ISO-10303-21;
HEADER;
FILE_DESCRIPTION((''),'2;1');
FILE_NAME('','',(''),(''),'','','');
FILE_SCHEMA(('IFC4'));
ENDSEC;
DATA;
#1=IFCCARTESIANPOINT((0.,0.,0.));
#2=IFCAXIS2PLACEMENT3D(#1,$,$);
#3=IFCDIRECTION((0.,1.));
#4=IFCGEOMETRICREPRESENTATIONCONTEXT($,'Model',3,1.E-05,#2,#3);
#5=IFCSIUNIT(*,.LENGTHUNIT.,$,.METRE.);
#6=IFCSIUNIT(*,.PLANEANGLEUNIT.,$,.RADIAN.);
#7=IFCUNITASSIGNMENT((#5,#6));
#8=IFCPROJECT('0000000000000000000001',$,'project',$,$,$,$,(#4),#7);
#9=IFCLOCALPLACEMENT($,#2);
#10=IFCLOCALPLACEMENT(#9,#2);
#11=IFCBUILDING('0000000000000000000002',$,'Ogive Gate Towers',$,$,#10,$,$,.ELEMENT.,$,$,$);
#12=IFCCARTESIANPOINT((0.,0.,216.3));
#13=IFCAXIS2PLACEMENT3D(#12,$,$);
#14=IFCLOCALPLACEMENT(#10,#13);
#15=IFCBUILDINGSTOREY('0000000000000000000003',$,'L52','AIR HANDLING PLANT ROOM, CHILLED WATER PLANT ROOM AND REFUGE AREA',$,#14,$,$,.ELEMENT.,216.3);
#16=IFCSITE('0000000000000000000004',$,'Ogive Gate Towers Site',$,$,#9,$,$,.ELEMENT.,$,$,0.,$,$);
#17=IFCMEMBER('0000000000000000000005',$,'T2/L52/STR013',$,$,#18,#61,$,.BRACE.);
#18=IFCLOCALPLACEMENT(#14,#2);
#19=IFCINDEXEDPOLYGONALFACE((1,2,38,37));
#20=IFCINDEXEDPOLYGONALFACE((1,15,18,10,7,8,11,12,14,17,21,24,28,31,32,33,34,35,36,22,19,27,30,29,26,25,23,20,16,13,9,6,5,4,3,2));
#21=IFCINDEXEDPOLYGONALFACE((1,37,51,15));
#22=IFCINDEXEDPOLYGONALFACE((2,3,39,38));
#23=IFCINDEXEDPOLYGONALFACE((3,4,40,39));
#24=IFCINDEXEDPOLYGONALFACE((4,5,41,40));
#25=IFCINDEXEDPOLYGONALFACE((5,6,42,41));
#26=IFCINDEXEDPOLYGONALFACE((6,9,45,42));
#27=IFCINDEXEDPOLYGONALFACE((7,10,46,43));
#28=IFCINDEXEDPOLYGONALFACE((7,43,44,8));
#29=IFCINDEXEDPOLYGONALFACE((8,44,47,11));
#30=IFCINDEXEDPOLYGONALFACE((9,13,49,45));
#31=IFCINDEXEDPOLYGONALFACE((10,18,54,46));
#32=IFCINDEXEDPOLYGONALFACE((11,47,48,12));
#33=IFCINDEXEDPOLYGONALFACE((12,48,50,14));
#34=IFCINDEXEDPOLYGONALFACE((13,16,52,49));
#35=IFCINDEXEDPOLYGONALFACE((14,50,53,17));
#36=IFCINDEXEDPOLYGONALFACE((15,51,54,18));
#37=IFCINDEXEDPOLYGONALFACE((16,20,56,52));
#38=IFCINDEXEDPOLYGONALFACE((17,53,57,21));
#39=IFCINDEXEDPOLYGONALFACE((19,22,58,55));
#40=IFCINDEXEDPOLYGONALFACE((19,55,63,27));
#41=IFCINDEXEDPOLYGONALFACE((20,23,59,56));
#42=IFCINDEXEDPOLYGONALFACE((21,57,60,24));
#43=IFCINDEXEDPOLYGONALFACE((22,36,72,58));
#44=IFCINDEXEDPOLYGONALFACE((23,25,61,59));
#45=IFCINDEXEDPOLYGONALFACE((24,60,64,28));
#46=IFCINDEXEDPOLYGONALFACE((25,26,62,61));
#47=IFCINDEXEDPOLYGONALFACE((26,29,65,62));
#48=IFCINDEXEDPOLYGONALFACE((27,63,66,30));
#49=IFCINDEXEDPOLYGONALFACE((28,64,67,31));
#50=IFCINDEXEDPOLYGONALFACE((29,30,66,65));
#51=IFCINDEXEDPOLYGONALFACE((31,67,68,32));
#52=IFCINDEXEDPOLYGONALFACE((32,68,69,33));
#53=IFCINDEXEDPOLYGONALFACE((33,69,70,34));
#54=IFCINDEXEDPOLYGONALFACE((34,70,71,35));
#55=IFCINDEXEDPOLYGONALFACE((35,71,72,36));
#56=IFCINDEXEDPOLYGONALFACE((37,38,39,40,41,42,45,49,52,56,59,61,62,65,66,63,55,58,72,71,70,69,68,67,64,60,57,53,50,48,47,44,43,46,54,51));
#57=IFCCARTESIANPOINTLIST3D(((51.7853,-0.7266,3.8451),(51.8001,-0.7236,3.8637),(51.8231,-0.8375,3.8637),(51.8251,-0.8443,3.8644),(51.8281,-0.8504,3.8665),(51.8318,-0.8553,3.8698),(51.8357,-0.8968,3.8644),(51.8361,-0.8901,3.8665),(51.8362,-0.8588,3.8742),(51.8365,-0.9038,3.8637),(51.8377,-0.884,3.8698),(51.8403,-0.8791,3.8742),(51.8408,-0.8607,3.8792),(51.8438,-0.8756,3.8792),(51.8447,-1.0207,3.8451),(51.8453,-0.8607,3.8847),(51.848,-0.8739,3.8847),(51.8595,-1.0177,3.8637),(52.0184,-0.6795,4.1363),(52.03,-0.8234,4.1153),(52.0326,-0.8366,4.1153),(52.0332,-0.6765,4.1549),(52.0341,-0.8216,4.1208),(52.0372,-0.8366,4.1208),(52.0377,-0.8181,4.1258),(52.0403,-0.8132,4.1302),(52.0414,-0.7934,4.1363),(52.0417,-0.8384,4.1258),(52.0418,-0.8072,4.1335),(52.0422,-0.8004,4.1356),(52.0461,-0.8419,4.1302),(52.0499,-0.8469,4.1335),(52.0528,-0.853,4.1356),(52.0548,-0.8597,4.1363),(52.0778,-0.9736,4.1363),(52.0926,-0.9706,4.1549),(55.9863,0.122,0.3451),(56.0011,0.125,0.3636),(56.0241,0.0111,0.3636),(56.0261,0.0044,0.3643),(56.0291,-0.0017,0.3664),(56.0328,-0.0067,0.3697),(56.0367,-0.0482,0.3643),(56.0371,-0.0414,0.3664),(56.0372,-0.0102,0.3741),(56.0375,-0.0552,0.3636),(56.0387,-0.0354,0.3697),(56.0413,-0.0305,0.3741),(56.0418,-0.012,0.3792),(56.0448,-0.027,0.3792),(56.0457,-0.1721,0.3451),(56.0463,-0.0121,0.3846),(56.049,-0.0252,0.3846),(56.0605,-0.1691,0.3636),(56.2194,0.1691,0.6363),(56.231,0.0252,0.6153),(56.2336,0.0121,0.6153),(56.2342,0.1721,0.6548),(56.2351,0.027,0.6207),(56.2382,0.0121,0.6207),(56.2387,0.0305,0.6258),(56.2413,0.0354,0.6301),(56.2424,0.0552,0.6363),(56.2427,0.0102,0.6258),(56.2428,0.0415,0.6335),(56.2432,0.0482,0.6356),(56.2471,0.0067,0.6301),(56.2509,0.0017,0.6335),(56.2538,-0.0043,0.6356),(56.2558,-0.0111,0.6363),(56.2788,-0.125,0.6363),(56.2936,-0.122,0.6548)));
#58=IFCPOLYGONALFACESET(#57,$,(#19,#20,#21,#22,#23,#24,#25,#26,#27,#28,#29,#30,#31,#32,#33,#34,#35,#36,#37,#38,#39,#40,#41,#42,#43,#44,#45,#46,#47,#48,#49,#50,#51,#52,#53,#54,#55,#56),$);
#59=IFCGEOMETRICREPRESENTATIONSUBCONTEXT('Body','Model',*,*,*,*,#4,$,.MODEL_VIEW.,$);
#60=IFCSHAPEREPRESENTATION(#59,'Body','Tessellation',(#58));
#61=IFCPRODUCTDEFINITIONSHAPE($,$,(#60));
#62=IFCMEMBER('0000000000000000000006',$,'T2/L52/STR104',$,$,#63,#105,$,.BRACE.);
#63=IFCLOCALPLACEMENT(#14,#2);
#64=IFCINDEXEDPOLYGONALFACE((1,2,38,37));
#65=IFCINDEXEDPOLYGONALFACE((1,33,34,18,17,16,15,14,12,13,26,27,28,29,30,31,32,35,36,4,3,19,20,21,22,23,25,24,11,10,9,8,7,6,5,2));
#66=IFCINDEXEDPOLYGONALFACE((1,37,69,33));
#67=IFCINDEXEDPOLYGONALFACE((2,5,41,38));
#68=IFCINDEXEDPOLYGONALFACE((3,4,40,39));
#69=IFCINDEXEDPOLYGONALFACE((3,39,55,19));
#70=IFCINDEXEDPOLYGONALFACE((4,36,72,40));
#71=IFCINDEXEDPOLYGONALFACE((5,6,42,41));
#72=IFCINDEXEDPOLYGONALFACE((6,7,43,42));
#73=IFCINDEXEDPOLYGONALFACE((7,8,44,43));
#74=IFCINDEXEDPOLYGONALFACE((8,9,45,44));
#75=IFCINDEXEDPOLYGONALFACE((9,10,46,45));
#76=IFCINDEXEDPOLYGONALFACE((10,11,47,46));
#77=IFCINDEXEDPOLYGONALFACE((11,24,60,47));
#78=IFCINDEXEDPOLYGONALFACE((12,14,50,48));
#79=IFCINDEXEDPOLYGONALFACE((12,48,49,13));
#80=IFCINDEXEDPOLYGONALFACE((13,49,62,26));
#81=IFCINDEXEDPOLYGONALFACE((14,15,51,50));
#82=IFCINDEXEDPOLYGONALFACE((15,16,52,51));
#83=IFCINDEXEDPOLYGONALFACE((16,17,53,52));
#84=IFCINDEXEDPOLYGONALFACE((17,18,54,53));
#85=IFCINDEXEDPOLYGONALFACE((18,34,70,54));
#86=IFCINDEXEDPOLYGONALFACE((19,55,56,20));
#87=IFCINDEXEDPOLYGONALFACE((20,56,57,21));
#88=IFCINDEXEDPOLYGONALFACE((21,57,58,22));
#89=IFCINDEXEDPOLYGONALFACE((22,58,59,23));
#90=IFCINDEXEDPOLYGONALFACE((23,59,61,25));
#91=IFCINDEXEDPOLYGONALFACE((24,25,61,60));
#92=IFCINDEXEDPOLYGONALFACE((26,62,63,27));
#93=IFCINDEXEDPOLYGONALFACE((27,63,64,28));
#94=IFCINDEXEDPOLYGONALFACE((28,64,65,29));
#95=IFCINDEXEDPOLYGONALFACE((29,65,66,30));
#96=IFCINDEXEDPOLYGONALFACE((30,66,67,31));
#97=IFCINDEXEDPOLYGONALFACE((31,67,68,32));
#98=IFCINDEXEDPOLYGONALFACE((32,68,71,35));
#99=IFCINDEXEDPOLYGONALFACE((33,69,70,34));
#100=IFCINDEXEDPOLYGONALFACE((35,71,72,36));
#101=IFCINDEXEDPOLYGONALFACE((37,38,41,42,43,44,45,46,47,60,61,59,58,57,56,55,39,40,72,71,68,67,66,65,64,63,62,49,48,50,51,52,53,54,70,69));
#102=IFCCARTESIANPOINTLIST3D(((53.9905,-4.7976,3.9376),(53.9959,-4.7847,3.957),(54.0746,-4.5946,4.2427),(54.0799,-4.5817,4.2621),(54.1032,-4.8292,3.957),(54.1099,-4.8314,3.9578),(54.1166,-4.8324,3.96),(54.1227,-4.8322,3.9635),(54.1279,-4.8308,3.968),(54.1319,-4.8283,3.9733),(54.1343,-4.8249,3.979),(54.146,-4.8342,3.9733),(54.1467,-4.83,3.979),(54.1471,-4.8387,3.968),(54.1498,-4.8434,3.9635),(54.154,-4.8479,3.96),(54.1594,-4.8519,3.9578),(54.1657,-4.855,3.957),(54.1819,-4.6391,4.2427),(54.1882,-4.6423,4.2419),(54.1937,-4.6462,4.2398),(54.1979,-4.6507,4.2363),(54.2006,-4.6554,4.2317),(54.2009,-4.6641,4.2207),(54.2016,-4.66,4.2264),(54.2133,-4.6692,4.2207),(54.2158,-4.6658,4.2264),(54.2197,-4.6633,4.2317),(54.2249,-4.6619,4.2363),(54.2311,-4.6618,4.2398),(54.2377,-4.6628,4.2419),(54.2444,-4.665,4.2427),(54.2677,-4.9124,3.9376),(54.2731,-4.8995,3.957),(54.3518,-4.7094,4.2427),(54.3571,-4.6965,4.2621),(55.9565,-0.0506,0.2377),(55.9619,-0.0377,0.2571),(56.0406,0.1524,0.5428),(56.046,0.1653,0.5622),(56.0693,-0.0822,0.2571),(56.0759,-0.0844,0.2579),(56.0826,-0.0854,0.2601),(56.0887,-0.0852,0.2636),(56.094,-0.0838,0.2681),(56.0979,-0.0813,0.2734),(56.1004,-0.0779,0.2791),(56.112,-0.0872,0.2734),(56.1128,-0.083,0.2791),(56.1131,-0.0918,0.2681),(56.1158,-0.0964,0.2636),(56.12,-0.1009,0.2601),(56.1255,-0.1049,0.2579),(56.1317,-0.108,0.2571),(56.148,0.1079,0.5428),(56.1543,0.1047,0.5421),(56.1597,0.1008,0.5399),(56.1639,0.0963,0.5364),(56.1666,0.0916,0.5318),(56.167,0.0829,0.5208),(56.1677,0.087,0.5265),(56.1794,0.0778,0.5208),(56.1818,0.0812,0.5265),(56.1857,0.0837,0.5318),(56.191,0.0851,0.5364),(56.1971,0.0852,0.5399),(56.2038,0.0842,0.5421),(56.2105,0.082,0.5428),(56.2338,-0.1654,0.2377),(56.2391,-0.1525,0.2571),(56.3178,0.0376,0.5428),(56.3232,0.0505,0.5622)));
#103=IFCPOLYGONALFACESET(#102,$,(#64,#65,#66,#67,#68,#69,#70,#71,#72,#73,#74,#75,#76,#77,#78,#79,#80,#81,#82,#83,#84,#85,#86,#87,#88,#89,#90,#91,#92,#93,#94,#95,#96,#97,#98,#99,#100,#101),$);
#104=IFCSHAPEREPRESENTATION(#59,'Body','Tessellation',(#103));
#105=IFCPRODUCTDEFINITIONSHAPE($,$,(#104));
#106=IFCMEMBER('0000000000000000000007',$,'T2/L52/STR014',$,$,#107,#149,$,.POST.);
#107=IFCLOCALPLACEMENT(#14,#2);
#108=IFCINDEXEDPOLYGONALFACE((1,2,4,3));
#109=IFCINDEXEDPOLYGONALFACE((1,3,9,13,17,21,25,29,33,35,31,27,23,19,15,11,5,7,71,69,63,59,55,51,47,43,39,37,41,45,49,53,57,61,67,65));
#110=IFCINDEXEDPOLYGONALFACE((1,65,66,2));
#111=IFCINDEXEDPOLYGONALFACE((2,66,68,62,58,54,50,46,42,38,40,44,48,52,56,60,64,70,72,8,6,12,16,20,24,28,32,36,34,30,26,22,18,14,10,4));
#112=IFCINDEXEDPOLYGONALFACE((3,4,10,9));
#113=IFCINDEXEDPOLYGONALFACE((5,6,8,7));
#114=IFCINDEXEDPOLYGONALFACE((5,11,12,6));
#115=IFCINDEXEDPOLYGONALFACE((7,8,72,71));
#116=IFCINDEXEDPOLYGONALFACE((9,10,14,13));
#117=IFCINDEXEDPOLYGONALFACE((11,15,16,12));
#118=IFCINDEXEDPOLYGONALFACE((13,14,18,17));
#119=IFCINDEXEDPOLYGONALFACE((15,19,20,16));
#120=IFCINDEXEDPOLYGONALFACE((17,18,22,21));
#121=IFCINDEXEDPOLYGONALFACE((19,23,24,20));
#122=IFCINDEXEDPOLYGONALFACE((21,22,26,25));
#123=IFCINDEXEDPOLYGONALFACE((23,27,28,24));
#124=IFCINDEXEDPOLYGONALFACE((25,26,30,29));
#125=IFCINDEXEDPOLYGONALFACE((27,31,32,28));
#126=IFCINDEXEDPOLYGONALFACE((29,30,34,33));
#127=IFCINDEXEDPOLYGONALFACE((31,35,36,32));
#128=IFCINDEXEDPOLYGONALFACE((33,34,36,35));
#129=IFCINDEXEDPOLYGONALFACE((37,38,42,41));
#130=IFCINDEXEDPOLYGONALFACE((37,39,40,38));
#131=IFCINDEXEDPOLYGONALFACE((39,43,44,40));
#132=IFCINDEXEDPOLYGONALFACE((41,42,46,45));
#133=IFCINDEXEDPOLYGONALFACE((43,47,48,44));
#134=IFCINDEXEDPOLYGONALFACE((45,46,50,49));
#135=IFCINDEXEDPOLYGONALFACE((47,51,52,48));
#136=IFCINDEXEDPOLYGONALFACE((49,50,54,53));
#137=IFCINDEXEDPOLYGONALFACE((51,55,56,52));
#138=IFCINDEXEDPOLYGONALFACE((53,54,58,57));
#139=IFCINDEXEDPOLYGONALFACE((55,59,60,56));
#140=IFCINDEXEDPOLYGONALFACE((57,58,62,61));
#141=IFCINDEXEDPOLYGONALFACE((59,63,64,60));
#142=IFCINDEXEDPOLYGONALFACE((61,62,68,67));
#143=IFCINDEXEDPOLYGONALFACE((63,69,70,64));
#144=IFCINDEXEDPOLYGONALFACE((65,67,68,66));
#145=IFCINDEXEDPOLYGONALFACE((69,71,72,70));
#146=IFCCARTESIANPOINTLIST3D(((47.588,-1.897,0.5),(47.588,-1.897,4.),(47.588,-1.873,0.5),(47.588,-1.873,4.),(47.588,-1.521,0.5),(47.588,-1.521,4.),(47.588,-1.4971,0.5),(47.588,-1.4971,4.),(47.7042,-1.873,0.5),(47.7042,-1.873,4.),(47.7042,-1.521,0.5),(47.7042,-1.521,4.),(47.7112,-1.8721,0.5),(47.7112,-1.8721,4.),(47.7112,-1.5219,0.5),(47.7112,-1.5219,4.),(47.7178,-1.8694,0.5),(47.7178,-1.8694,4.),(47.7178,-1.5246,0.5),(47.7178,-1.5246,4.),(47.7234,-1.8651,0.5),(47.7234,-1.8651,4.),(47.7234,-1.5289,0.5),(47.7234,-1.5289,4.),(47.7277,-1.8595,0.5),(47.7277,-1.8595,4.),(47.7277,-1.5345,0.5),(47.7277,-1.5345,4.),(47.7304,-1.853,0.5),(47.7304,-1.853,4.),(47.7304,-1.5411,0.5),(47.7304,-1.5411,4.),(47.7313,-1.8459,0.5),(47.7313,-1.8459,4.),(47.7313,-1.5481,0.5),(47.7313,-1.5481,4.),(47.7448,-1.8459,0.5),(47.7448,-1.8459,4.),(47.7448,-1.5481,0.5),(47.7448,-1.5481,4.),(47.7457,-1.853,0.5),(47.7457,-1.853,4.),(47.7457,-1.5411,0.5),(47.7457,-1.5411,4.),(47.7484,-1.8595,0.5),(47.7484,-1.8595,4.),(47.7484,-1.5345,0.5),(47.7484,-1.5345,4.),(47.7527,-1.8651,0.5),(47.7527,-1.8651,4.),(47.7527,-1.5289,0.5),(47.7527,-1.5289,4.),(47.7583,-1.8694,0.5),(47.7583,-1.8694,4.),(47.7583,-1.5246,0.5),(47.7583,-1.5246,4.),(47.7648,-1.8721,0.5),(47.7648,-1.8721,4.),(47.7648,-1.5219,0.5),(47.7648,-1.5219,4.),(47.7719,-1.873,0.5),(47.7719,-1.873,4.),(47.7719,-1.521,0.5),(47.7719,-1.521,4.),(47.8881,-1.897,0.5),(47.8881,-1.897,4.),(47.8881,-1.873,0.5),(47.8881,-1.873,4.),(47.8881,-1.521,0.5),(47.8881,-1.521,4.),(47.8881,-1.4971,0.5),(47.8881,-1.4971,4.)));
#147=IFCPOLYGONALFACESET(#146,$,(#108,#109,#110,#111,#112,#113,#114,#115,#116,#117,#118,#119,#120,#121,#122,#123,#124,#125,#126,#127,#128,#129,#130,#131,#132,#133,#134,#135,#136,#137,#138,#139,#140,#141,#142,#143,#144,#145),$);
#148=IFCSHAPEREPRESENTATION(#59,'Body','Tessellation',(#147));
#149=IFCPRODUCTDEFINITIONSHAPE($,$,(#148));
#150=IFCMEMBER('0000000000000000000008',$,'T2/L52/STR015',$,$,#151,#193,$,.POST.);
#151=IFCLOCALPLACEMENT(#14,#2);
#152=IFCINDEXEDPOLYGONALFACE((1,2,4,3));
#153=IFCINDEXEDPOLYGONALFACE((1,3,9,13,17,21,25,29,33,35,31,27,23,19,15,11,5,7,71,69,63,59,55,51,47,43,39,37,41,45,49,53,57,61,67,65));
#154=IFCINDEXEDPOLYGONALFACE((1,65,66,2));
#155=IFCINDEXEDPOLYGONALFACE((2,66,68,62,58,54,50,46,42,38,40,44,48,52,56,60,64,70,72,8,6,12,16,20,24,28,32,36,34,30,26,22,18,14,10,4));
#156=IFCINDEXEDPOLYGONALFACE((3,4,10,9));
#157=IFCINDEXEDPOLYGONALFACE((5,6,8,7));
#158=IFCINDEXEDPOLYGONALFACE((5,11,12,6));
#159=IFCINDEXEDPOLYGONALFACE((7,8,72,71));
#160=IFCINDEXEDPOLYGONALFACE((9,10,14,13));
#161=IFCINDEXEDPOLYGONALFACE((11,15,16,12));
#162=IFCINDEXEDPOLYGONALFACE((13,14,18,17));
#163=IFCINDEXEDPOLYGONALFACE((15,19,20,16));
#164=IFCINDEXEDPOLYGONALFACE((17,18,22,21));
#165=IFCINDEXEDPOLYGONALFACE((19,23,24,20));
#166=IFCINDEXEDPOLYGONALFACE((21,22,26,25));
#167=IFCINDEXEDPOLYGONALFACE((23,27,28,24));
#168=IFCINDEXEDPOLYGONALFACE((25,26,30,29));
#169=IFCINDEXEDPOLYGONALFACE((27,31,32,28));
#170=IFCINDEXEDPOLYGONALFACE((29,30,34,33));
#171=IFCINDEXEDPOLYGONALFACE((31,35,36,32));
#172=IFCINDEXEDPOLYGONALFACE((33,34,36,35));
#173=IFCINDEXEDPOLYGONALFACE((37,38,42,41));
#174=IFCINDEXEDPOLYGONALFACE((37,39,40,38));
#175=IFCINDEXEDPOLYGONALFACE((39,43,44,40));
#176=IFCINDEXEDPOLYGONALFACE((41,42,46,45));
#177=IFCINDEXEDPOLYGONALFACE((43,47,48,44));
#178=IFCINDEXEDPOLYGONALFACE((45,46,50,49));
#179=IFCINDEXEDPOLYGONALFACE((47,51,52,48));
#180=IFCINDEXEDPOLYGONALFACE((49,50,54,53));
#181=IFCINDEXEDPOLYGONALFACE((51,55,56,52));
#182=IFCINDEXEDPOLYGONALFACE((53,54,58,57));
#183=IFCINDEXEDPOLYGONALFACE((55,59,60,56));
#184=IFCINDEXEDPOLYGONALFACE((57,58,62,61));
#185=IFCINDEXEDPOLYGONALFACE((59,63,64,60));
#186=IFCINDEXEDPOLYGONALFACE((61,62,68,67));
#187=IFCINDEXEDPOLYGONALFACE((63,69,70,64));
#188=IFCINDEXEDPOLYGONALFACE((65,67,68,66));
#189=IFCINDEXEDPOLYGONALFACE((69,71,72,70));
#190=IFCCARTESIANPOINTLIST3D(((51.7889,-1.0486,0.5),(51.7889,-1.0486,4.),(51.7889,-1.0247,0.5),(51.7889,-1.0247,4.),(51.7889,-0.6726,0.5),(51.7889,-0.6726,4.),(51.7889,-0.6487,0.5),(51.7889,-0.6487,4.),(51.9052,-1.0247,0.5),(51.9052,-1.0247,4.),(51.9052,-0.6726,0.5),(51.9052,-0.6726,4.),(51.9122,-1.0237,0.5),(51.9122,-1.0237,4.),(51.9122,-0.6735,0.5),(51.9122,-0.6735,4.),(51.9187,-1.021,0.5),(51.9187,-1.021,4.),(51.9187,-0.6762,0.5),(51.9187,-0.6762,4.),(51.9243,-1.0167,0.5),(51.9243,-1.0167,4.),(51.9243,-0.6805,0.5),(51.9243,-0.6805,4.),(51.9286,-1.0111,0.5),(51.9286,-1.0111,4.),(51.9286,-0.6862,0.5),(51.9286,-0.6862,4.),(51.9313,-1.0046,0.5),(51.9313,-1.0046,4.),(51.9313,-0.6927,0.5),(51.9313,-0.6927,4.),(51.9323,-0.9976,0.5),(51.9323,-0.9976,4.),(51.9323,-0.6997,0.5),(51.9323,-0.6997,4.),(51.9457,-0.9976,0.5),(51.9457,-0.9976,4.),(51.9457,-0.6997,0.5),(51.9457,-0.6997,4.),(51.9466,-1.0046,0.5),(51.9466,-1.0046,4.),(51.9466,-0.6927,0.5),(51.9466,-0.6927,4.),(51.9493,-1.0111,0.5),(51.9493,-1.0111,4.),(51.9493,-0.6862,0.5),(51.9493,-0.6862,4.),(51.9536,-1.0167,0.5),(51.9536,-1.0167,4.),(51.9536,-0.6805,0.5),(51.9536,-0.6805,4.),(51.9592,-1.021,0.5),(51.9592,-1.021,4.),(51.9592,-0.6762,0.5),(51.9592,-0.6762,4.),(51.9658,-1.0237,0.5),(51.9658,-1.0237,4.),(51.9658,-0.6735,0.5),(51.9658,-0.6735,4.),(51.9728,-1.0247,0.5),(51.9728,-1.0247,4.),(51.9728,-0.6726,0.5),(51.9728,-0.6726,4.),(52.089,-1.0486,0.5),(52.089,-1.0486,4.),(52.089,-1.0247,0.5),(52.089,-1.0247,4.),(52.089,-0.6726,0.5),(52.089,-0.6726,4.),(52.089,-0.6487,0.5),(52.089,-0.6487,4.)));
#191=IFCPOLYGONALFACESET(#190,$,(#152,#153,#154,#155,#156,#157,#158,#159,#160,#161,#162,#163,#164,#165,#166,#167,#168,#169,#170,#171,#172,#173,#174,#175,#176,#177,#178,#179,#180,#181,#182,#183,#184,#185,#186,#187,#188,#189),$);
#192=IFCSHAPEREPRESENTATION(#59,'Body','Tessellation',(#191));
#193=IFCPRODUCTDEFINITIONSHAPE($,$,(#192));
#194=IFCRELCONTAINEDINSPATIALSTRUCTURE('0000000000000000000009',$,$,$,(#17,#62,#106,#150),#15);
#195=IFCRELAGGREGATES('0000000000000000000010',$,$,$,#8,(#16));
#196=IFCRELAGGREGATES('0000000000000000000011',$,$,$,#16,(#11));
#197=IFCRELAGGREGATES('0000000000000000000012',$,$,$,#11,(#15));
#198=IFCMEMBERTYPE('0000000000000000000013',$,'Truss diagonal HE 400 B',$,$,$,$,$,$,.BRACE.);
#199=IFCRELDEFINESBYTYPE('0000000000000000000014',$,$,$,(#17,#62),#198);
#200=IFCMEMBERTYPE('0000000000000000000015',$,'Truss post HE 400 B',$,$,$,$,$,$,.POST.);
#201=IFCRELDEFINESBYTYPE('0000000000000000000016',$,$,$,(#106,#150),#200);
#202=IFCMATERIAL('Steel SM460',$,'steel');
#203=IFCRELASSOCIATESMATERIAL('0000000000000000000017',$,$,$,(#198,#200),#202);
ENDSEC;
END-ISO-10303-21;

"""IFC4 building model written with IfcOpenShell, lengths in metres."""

from ifc_helpers import new_model, si_unit, direction, frame, origin, origin_2d, place, context, subcontext, project, spatial, i_section, extrude, material, material_profile, profile_set, type_object, element, save


model = new_model("IFC4")

# Units and contexts
model_context = context("Model", 3, precision=1e-05, world=origin(), true_north=direction((0.0, 1.0)))
body_context = subcontext(model_context, "Body", "Model", "MODEL_VIEW")
ifc_project = project(units=[si_unit("LENGTHUNIT", "METRE"), si_unit("PLANEANGLEUNIT", "RADIAN")], contexts=[model_context])

# Site, building, storey
site_placement = place(None, origin())
site = spatial("IfcSite", under=ifc_project, at=site_placement, Name="Ogive Gate Towers Site", CompositionType="ELEMENT", RefElevation=0.0)
building_placement = place(site_placement, origin())
building = spatial("IfcBuilding", under=site, at=building_placement, Name="Ogive Gate Towers", CompositionType="ELEMENT")
storey_placement = place(building_placement, frame((0.0, 0.0, 216.3)))
storey = spatial("IfcBuildingStorey", under=building, at=storey_placement, Name="L52", Description="AIR HANDLING PLANT ROOM, CHILLED WATER PLANT ROOM AND REFUGE AREA", CompositionType="ELEMENT", Elevation=216.3)

# Shared definitions
ifc_material_1 = material(Name="Steel SM460", Category="steel")

# Members
ifc_material_profile_1 = material_profile(ifc_material_1, i_section(OverallWidth=0.3, OverallDepth=0.3999, WebThickness=0.0134, FlangeThickness=0.0239, FilletRadius=0.0271, at=origin_2d()), Name="HE 400 B")
ifc_profile_set_1 = profile_set([ifc_material_profile_1], Name="Steel SM460")
member_type_1 = type_object("IfcMemberType", Name="Truss diagonal HE 400 B", PredefinedType="BRACE", material=ifc_profile_set_1)
member_1_placement = place(storey_placement, frame((51.939, -0.8486, 4.0), z_axis=(0.759201, 0.153367, -0.632528), x_axis=(-0.198011, 0.9802, 0.0)))
element("IfcMember", 1, at=member_1_placement, inside=storey, type_object=member_type_1, Name="T2/L52/STR013", PredefinedType="BRACE", context=body_context, shape_type="SweptSolid", body=[
    extrude(i_section(OverallWidth=0.3, OverallDepth=0.3999, WebThickness=0.0134, FlangeThickness=0.0239, FilletRadius=0.0271, at=origin_2d()), origin(), (0.0, 0.0, 1.0), 5.5334),
])
member_2_placement = place(storey_placement, frame((54.1738, -4.7471, 4.0999), z_axis=(0.310514, 0.749737, -0.584359), x_axis=(-0.923896, 0.382644, 0.0)))
element("IfcMember", 2, at=member_2_placement, inside=storey, type_object=member_type_1, Name="T2/L52/STR104", PredefinedType="BRACE", context=body_context, shape_type="SweptSolid", body=[
    extrude(i_section(OverallWidth=0.3, OverallDepth=0.3999, WebThickness=0.0134, FlangeThickness=0.0239, FilletRadius=0.0271, at=origin_2d()), origin(), (0.0, 0.0, 1.0), 6.3315),
])
ifc_material_profile_2 = material_profile(ifc_material_1, i_section(OverallWidth=0.3, OverallDepth=0.3999, WebThickness=0.0134, FlangeThickness=0.0239, FilletRadius=0.0271, at=origin_2d()), Name="HE 400 B")
ifc_profile_set_2 = profile_set([ifc_material_profile_2], Name="Steel SM460")
member_type_2 = type_object("IfcMemberType", Name="Truss post HE 400 B", PredefinedType="POST", material=ifc_profile_set_2)
for number, where, z_axis, x_axis, name in (
    (3, (47.738, -1.697, 0.5), (0.0, 0.0, 1.0), (1.0, 0.0, 0.0), "T2/L52/STR014"),
    (4, (51.939, -0.8486, 0.5), (0.0, 0.0, 1.0), (1.0, 0.0, 0.0), "T2/L52/STR015"),
):
    element("IfcMember", number, at=place(storey_placement, frame(where, z_axis=z_axis, x_axis=x_axis)), inside=storey, type_object=member_type_2, Name=name, PredefinedType="POST", context=body_context, shape_type="SweptSolid", body=[
        extrude(i_section(OverallWidth=0.3, OverallDepth=0.3999, WebThickness=0.0134, FlangeThickness=0.0239, FilletRadius=0.0271, at=origin_2d()), origin(), (0.0, 0.0, 1.0), 3.5),
    ])

save(model, "model.ifc")
